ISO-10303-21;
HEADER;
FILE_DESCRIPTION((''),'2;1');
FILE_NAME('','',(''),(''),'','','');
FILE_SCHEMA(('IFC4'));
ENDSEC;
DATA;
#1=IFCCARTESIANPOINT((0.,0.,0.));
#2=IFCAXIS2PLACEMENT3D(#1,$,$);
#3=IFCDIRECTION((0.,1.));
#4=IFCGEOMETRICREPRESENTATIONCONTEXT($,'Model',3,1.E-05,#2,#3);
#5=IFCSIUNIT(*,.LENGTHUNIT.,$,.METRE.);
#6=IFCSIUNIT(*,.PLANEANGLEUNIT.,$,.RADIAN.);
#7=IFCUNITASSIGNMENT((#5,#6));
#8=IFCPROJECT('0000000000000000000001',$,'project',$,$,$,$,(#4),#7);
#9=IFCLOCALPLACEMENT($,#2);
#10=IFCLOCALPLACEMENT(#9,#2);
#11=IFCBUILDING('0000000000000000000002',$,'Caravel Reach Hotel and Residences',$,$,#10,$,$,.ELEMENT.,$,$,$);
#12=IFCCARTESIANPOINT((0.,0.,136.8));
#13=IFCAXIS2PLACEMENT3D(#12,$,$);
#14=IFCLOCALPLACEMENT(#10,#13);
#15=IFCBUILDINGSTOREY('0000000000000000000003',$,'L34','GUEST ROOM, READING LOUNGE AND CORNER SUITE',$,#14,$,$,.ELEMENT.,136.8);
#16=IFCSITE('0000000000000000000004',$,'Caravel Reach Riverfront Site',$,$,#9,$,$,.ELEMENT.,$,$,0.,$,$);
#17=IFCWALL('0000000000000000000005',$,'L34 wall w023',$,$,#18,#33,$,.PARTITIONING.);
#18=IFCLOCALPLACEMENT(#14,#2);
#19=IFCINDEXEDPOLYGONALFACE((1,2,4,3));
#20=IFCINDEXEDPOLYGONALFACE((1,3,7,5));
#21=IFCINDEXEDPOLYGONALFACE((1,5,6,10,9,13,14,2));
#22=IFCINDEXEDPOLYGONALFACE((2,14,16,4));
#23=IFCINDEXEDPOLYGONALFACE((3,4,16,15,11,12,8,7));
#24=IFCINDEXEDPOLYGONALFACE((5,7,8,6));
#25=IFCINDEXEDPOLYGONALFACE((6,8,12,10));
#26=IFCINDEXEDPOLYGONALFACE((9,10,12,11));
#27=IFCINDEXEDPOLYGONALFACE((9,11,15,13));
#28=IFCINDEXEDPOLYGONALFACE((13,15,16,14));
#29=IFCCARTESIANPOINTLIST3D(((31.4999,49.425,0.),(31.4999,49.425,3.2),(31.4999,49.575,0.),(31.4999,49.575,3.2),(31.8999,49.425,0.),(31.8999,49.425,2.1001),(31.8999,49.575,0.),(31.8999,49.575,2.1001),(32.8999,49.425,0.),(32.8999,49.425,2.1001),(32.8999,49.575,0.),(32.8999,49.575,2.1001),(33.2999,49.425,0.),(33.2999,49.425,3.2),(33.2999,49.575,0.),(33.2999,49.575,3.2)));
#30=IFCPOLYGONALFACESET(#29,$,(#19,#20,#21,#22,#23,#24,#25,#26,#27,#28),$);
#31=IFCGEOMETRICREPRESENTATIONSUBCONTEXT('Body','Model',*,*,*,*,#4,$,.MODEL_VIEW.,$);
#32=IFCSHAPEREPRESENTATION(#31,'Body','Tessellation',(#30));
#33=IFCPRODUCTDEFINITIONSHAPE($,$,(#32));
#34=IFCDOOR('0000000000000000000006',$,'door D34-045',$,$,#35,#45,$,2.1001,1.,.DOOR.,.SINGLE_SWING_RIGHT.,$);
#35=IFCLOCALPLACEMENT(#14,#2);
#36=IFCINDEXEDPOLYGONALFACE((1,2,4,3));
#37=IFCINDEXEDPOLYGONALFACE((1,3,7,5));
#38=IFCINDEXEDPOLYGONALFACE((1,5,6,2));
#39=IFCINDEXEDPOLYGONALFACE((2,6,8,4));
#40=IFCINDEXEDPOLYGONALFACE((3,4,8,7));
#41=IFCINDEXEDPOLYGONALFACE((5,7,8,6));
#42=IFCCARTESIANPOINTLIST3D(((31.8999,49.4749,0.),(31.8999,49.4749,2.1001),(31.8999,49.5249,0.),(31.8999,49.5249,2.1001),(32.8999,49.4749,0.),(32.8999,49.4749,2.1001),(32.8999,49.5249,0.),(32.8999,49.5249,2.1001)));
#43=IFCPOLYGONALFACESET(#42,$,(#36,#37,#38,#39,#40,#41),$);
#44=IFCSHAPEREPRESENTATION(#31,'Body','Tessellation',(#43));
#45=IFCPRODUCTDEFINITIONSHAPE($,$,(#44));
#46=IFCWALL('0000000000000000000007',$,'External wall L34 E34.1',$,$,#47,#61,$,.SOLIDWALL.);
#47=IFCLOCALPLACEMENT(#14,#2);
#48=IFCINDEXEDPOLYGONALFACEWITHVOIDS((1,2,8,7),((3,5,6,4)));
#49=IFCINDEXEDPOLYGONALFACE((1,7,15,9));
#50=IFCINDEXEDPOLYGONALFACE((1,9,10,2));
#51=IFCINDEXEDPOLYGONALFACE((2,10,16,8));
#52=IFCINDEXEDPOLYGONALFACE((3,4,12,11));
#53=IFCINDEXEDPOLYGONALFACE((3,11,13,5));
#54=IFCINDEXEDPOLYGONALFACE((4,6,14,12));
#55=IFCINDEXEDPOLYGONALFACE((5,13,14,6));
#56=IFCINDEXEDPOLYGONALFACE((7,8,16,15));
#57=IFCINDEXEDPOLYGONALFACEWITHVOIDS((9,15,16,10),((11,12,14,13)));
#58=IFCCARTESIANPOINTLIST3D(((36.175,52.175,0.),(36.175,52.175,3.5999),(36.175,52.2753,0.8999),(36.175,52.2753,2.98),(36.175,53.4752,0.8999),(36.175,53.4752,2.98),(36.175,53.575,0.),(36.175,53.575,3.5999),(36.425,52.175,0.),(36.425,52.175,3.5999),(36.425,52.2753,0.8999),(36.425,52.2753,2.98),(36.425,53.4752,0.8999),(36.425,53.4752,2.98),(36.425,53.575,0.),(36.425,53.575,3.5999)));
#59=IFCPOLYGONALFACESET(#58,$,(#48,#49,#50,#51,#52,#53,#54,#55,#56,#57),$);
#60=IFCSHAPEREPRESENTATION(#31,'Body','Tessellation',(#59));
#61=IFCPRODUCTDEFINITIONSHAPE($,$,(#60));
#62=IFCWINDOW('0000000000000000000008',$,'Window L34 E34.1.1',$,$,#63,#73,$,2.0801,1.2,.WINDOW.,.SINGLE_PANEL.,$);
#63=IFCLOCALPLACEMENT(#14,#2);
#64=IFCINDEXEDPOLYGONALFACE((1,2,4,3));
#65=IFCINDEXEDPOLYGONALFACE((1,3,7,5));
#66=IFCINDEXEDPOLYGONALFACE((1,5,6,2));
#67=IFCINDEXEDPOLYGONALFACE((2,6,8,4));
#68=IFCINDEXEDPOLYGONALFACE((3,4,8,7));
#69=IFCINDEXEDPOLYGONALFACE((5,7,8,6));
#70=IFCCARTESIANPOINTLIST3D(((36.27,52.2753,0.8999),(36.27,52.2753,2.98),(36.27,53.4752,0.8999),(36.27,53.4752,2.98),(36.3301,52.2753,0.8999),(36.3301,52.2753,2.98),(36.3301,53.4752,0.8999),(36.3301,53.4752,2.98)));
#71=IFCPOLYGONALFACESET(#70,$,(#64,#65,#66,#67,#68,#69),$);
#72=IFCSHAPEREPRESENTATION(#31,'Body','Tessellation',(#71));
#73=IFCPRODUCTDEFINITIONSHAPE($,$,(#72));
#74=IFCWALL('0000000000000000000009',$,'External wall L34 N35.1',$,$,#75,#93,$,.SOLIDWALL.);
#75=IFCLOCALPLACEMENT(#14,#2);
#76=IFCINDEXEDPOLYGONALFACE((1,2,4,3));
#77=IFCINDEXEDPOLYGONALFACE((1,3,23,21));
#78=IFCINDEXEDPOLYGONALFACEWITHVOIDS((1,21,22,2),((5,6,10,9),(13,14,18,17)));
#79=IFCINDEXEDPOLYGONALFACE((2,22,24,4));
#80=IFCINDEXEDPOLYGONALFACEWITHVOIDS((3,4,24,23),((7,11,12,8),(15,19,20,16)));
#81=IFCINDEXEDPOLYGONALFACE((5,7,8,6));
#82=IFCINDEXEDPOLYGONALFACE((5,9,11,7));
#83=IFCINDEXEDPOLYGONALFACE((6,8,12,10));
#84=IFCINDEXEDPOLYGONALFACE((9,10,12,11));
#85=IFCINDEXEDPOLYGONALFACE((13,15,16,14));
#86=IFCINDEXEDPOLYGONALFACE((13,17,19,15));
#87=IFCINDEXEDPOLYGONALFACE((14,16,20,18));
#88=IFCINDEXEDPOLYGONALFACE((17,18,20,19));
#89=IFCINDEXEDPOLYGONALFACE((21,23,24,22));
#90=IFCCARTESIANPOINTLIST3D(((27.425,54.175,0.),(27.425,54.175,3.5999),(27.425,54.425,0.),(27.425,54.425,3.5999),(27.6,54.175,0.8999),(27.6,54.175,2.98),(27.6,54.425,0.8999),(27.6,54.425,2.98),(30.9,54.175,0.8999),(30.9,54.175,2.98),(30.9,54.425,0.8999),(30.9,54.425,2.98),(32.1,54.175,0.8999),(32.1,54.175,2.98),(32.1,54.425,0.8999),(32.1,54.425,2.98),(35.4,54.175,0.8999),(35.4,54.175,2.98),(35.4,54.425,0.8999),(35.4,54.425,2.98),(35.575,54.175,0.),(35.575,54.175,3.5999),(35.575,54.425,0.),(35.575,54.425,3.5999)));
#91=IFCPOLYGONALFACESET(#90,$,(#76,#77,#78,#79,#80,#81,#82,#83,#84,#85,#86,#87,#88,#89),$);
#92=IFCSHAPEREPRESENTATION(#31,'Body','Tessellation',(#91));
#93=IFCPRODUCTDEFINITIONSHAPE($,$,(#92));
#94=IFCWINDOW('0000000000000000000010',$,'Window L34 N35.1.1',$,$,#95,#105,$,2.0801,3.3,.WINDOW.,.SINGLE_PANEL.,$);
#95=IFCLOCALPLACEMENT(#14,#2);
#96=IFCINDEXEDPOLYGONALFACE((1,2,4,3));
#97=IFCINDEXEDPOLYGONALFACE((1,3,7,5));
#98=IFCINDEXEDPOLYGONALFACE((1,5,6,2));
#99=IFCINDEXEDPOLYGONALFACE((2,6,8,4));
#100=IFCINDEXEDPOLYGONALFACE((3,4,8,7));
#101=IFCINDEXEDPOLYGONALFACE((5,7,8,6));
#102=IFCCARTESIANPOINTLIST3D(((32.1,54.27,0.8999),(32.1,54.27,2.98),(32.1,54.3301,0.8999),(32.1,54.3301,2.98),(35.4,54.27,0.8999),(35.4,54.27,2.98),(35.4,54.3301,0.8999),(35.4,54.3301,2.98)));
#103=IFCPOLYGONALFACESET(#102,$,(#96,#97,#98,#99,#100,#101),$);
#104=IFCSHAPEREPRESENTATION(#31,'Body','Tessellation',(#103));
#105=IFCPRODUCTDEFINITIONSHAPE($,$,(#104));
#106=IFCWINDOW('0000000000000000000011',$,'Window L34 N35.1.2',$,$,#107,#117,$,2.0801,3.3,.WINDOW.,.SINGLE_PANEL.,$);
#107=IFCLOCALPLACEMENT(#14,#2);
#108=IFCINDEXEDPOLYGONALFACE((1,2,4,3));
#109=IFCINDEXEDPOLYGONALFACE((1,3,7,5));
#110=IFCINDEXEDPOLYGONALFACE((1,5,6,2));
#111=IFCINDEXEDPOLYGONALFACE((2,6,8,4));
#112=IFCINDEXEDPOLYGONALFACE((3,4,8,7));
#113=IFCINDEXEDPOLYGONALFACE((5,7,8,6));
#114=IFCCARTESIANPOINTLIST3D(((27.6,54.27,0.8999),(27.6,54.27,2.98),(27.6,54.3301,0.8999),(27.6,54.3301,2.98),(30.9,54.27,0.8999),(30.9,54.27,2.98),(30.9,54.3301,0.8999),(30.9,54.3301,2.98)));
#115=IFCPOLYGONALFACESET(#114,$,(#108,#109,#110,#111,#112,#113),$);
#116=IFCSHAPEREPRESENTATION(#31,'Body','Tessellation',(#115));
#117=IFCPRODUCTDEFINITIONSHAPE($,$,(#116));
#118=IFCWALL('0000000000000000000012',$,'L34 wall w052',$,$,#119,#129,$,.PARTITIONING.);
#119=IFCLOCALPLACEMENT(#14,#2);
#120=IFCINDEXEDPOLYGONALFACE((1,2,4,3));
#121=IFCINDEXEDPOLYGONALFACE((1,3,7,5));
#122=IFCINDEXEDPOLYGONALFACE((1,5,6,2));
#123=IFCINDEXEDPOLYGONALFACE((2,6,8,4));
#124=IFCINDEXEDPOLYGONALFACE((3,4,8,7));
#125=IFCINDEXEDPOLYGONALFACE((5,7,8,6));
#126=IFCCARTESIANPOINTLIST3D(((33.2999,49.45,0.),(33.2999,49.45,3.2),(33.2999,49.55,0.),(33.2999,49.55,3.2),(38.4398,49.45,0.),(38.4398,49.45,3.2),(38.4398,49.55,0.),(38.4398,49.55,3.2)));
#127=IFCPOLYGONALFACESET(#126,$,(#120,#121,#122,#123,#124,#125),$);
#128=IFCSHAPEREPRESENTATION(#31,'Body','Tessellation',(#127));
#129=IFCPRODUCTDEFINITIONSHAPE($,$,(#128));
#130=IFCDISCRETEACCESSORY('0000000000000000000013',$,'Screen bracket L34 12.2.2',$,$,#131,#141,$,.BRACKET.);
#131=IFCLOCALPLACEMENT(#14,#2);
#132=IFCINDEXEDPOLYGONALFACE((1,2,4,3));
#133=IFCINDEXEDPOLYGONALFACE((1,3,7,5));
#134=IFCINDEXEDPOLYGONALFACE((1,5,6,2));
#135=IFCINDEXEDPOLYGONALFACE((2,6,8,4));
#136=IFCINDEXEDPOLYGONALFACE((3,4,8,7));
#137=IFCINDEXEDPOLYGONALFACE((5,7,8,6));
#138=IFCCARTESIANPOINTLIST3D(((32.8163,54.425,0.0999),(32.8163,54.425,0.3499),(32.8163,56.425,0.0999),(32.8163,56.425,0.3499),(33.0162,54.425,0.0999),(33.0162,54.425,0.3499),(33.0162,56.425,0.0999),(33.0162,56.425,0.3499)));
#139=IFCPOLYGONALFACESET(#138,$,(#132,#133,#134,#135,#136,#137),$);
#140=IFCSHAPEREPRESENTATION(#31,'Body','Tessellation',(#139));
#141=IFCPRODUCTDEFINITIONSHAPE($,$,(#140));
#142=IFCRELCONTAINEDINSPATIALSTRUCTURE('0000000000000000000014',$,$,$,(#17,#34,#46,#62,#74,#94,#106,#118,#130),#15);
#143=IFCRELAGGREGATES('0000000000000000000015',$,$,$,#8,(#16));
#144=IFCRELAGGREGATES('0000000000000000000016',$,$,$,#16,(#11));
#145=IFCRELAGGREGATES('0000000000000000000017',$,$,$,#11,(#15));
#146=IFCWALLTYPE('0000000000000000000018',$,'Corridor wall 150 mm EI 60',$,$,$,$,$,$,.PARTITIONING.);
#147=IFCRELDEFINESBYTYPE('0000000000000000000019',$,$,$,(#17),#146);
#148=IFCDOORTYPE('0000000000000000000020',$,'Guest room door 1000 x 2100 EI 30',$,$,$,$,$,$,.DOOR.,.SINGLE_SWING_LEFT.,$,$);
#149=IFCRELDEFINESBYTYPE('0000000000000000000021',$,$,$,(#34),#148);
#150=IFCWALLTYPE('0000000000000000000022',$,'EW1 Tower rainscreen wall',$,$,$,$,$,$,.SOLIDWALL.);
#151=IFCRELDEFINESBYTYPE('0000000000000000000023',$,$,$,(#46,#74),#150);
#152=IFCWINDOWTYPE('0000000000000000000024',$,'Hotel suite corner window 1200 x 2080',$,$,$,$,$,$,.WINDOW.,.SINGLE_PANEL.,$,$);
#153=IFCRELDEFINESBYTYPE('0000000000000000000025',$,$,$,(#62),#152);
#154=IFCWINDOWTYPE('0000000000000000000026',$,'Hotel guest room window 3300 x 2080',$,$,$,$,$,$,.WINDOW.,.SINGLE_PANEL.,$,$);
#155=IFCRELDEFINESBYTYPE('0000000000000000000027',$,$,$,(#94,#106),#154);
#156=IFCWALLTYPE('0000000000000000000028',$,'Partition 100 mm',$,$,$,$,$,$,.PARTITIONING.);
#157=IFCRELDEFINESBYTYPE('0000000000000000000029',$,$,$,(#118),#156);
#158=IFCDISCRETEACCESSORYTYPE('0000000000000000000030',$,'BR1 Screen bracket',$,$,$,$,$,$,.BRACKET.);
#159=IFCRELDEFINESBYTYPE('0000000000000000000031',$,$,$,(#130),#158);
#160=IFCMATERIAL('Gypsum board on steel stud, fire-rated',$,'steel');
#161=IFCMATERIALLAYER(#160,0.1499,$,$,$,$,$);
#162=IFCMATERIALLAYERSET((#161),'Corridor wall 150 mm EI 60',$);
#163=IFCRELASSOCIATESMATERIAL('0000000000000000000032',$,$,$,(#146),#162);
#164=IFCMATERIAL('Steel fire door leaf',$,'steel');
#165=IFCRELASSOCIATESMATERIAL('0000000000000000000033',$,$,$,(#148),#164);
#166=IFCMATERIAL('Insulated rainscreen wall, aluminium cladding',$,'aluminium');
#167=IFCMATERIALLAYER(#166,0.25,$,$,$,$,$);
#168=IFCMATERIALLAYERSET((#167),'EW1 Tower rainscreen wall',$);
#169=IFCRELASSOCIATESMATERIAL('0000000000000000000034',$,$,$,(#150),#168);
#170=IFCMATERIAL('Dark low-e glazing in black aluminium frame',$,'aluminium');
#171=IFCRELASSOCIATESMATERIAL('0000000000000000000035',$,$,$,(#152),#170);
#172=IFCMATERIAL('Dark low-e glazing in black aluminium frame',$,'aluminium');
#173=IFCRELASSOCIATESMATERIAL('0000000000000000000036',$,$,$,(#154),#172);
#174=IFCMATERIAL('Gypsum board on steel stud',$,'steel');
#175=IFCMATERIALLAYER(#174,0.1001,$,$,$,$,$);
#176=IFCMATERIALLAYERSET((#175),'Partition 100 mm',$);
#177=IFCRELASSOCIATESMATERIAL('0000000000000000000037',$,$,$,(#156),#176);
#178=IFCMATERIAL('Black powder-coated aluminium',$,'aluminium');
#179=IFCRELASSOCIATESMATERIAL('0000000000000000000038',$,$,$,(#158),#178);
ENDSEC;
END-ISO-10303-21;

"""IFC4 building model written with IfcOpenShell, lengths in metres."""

from ifc_helpers import new_model, si_unit, direction, frame, frame_2d, origin, origin_2d, place, context, subcontext, project, spatial, rectangle, extrude, material, layer, layer_set, type_object, element, fill, save


model = new_model("IFC4")

# Units and contexts
model_context = context("Model", 3, precision=1e-05, world=origin(), true_north=direction((0.0, 1.0)))
body_context = subcontext(model_context, "Body", "Model", "MODEL_VIEW")
ifc_project = project(units=[si_unit("LENGTHUNIT", "METRE"), si_unit("PLANEANGLEUNIT", "RADIAN")], contexts=[model_context])

# Site, building, storey
site_placement = place(None, origin())
site = spatial("IfcSite", under=ifc_project, at=site_placement, Name="Caravel Reach Riverfront Site", CompositionType="ELEMENT", RefElevation=0.0)
building_placement = place(site_placement, origin())
building = spatial("IfcBuilding", under=site, at=building_placement, Name="Caravel Reach Hotel and Residences", CompositionType="ELEMENT")
storey_placement = place(building_placement, frame((0.0, 0.0, 136.8)))
storey = spatial("IfcBuildingStorey", under=building, at=storey_placement, Name="L34", Description="GUEST ROOM, READING LOUNGE AND CORNER SUITE", CompositionType="ELEMENT", Elevation=136.8)

# Wall, opening, door
ifc_material_1 = material(Name="Gypsum board on steel stud, fire-rated", Category="steel")
ifc_layer_1 = layer(ifc_material_1, 0.1499)
ifc_layer_set_1 = layer_set([ifc_layer_1], Name="Corridor wall 150 mm EI 60")
wall_type_1 = type_object("IfcWallType", Name="Corridor wall 150 mm EI 60", PredefinedType="PARTITIONING", material=ifc_layer_set_1)
wall_1_placement = place(storey_placement, frame((31.5, 49.5, 0.0), z_axis=(0.0, 0.0, 1.0), x_axis=(1.0, 0.0, 0.0)))
wall_1 = element("IfcWall", 1, at=wall_1_placement, inside=storey, type_object=wall_type_1, Name="L34 wall w023", PredefinedType="PARTITIONING", context=body_context, shape_type="SweptSolid", body=[
    extrude(rectangle(XDim=1.8, YDim=0.1499, at=frame_2d((0.8999, 0.0))), origin(), (0.0, 0.0, 1.0), 3.2),
])
opening_1_placement = place(wall_1_placement, frame((0.3999, 0.0, 0.0)))
opening_1 = element("IfcOpeningElement", 2, at=opening_1_placement, cuts=wall_1, PredefinedType="OPENING", context=body_context, shape_type="SweptSolid", body=[
    extrude(rectangle(XDim=1.0, YDim=2.1001, at=frame_2d((0.5, 1.05))), frame((0.0, 0.085, 0.0), z_axis=(0.0, -1.0, 0.0), x_axis=(1.0, 0.0, 0.0)), (0.0, 0.0, 1.0), 0.1699),
])
ifc_material_2 = material(Name="Steel fire door leaf", Category="steel")
door_type_1 = type_object("IfcDoorType", Name="Guest room door 1000 x 2100 EI 30", OperationType="SINGLE_SWING_LEFT", PredefinedType="DOOR", material=ifc_material_2)
door_1_placement = place(opening_1_placement, origin())
door_1 = element("IfcDoor", 3, at=door_1_placement, inside=storey, type_object=door_type_1, Name="door D34-045", OperationType="SINGLE_SWING_RIGHT", OverallHeight=2.1001, OverallWidth=1.0, PredefinedType="DOOR", context=body_context, shape_type="SweptSolid", body=[
    extrude(rectangle(XDim=1.0, YDim=2.1001, at=frame_2d((0.5, 1.05))), frame((0.0, 0.0249, 0.0), z_axis=(0.0, -1.0, 0.0), x_axis=(1.0, 0.0, 0.0)), (0.0, 0.0, 1.0), 0.05),
])
fill(opening_1, door_1)

# Wall, opening, window
ifc_material_3 = material(Name="Insulated rainscreen wall, aluminium cladding", Category="aluminium")
ifc_layer_2 = layer(ifc_material_3, 0.25)
ifc_layer_set_2 = layer_set([ifc_layer_2], Name="EW1 Tower rainscreen wall")
wall_type_2 = type_object("IfcWallType", Name="EW1 Tower rainscreen wall", PredefinedType="SOLIDWALL", material=ifc_layer_set_2)
wall_2_placement = place(storey_placement, frame((36.3, 52.175, 0.0), z_axis=(0.0, 0.0, 1.0), x_axis=(0.0, 1.0, 0.0)))
wall_2 = element("IfcWall", 4, at=wall_2_placement, inside=storey, type_object=wall_type_2, Name="External wall L34 E34.1", PredefinedType="SOLIDWALL", context=body_context, shape_type="SweptSolid", body=[
    extrude(rectangle(XDim=1.3999, YDim=0.25, at=frame_2d((0.7, 0.0))), origin(), (0.0, 0.0, 1.0), 3.5999),
])
opening_2_placement = place(wall_2_placement, frame((0.1001, 0.0, 0.8999)))
opening_2 = element("IfcOpeningElement", 5, at=opening_2_placement, cuts=wall_2, PredefinedType="OPENING", context=body_context, shape_type="SweptSolid", body=[
    extrude(rectangle(XDim=1.2, YDim=2.0801, at=frame_2d((0.6001, 1.04))), frame((0.0, 0.135, 0.0), z_axis=(0.0, -1.0, 0.0), x_axis=(1.0, 0.0, 0.0)), (0.0, 0.0, 1.0), 0.27),
])
ifc_material_4 = material(Name="Dark low-e glazing in black aluminium frame", Category="aluminium")
window_type_1 = type_object("IfcWindowType", Name="Hotel suite corner window 1200 x 2080", PartitioningType="SINGLE_PANEL", PredefinedType="WINDOW", material=ifc_material_4)
window_1_placement = place(opening_2_placement, origin())
window_1 = element("IfcWindow", 6, at=window_1_placement, inside=storey, type_object=window_type_1, Name="Window L34 E34.1.1", OverallHeight=2.0801, OverallWidth=1.2, PartitioningType="SINGLE_PANEL", PredefinedType="WINDOW", context=body_context, shape_type="SweptSolid", body=[
    extrude(rectangle(XDim=1.2, YDim=2.0801, at=frame_2d((0.6001, 1.04))), frame((0.0, 0.03, 0.0), z_axis=(0.0, -1.0, 0.0), x_axis=(1.0, 0.0, 0.0)), (0.0, 0.0, 1.0), 0.0601),
])
fill(opening_2, window_1)

# Wall, openings, windows
wall_3_placement = place(storey_placement, frame((35.575, 54.3, 0.0), z_axis=(0.0, 0.0, 1.0), x_axis=(-1.0, 0.0, 0.0)))
wall_3 = element("IfcWall", 7, at=wall_3_placement, inside=storey, type_object=wall_type_2, Name="External wall L34 N35.1", PredefinedType="SOLIDWALL", context=body_context, shape_type="SweptSolid", body=[
    extrude(rectangle(XDim=8.1499, YDim=0.25, at=frame_2d((4.075, 0.0))), origin(), (0.0, 0.0, 1.0), 3.5999),
])
opening_3_placement = place(wall_3_placement, frame((0.175, 0.0, 0.8999)))
opening_3 = element("IfcOpeningElement", 8, at=opening_3_placement, cuts=wall_3, PredefinedType="OPENING", context=body_context, shape_type="SweptSolid", body=[
    extrude(rectangle(XDim=3.3, YDim=2.0801, at=frame_2d((1.6499, 1.04))), frame((0.0, 0.135, 0.0), z_axis=(0.0, -1.0, 0.0), x_axis=(1.0, 0.0, 0.0)), (0.0, 0.0, 1.0), 0.27),
])
opening_4_placement = place(wall_3_placement, frame((4.675, 0.0, 0.8999)))
opening_4 = element("IfcOpeningElement", 9, at=opening_4_placement, cuts=wall_3, PredefinedType="OPENING", context=body_context, shape_type="SweptSolid", body=[
    extrude(rectangle(XDim=3.3, YDim=2.0801, at=frame_2d((1.6499, 1.04))), frame((0.0, 0.135, 0.0), z_axis=(0.0, -1.0, 0.0), x_axis=(1.0, 0.0, 0.0)), (0.0, 0.0, 1.0), 0.27),
])
ifc_material_5 = material(Name="Dark low-e glazing in black aluminium frame", Category="aluminium")
window_type_2 = type_object("IfcWindowType", Name="Hotel guest room window 3300 x 2080", PartitioningType="SINGLE_PANEL", PredefinedType="WINDOW", material=ifc_material_5)
window_2_placement = place(opening_3_placement, origin())
window_2 = element("IfcWindow", 10, at=window_2_placement, inside=storey, type_object=window_type_2, Name="Window L34 N35.1.1", OverallHeight=2.0801, OverallWidth=3.3, PartitioningType="SINGLE_PANEL", PredefinedType="WINDOW", context=body_context, shape_type="SweptSolid", body=[
    extrude(rectangle(XDim=3.3, YDim=2.0801, at=frame_2d((1.6499, 1.04))), frame((0.0, 0.03, 0.0), z_axis=(0.0, -1.0, 0.0), x_axis=(1.0, 0.0, 0.0)), (0.0, 0.0, 1.0), 0.0601),
])
fill(opening_3, window_2)
window_3_placement = place(opening_4_placement, origin())
window_3 = element("IfcWindow", 11, at=window_3_placement, inside=storey, type_object=window_type_2, Name="Window L34 N35.1.2", OverallHeight=2.0801, OverallWidth=3.3, PartitioningType="SINGLE_PANEL", PredefinedType="WINDOW", context=body_context, shape_type="SweptSolid", body=[
    extrude(rectangle(XDim=3.3, YDim=2.0801, at=frame_2d((1.6499, 1.04))), frame((0.0, 0.03, 0.0), z_axis=(0.0, -1.0, 0.0), x_axis=(1.0, 0.0, 0.0)), (0.0, 0.0, 1.0), 0.0601),
])
fill(opening_4, window_3)

# Wall
ifc_material_6 = material(Name="Gypsum board on steel stud", Category="steel")
ifc_layer_3 = layer(ifc_material_6, 0.1001)
ifc_layer_set_3 = layer_set([ifc_layer_3], Name="Partition 100 mm")
wall_type_3 = type_object("IfcWallType", Name="Partition 100 mm", PredefinedType="PARTITIONING", material=ifc_layer_set_3)
wall_4_placement = place(storey_placement, frame((33.3, 49.5, 0.0), z_axis=(0.0, 0.0, 1.0), x_axis=(1.0, 0.0, 0.0)))
element("IfcWall", 12, at=wall_4_placement, inside=storey, type_object=wall_type_3, Name="L34 wall w052", PredefinedType="PARTITIONING", context=body_context, shape_type="SweptSolid", body=[
    extrude(rectangle(XDim=5.1399, YDim=0.1001, at=frame_2d((2.5698, 0.0))), origin(), (0.0, 0.0, 1.0), 3.2),
])

# Discrete accessory
ifc_material_7 = material(Name="Black powder-coated aluminium", Category="aluminium")
discrete_accessory_type = type_object("IfcDiscreteAccessoryType", Name="BR1 Screen bracket", PredefinedType="BRACKET", material=ifc_material_7)
discrete_accessory_placement = place(storey_placement, frame((32.9163, 55.425, 0.0999), z_axis=(0.0, 0.0, 1.0), x_axis=(0.0, 1.0, 0.0)))
element("IfcDiscreteAccessory", 13, at=discrete_accessory_placement, inside=storey, type_object=discrete_accessory_type, Name="Screen bracket L34 12.2.2", PredefinedType="BRACKET", context=body_context, shape_type="SweptSolid", body=[
    extrude(rectangle(XDim=2.0, YDim=0.2, at=origin_2d()), origin(), (0.0, 0.0, 1.0), 0.25),
])

save(model, "model.ifc")
